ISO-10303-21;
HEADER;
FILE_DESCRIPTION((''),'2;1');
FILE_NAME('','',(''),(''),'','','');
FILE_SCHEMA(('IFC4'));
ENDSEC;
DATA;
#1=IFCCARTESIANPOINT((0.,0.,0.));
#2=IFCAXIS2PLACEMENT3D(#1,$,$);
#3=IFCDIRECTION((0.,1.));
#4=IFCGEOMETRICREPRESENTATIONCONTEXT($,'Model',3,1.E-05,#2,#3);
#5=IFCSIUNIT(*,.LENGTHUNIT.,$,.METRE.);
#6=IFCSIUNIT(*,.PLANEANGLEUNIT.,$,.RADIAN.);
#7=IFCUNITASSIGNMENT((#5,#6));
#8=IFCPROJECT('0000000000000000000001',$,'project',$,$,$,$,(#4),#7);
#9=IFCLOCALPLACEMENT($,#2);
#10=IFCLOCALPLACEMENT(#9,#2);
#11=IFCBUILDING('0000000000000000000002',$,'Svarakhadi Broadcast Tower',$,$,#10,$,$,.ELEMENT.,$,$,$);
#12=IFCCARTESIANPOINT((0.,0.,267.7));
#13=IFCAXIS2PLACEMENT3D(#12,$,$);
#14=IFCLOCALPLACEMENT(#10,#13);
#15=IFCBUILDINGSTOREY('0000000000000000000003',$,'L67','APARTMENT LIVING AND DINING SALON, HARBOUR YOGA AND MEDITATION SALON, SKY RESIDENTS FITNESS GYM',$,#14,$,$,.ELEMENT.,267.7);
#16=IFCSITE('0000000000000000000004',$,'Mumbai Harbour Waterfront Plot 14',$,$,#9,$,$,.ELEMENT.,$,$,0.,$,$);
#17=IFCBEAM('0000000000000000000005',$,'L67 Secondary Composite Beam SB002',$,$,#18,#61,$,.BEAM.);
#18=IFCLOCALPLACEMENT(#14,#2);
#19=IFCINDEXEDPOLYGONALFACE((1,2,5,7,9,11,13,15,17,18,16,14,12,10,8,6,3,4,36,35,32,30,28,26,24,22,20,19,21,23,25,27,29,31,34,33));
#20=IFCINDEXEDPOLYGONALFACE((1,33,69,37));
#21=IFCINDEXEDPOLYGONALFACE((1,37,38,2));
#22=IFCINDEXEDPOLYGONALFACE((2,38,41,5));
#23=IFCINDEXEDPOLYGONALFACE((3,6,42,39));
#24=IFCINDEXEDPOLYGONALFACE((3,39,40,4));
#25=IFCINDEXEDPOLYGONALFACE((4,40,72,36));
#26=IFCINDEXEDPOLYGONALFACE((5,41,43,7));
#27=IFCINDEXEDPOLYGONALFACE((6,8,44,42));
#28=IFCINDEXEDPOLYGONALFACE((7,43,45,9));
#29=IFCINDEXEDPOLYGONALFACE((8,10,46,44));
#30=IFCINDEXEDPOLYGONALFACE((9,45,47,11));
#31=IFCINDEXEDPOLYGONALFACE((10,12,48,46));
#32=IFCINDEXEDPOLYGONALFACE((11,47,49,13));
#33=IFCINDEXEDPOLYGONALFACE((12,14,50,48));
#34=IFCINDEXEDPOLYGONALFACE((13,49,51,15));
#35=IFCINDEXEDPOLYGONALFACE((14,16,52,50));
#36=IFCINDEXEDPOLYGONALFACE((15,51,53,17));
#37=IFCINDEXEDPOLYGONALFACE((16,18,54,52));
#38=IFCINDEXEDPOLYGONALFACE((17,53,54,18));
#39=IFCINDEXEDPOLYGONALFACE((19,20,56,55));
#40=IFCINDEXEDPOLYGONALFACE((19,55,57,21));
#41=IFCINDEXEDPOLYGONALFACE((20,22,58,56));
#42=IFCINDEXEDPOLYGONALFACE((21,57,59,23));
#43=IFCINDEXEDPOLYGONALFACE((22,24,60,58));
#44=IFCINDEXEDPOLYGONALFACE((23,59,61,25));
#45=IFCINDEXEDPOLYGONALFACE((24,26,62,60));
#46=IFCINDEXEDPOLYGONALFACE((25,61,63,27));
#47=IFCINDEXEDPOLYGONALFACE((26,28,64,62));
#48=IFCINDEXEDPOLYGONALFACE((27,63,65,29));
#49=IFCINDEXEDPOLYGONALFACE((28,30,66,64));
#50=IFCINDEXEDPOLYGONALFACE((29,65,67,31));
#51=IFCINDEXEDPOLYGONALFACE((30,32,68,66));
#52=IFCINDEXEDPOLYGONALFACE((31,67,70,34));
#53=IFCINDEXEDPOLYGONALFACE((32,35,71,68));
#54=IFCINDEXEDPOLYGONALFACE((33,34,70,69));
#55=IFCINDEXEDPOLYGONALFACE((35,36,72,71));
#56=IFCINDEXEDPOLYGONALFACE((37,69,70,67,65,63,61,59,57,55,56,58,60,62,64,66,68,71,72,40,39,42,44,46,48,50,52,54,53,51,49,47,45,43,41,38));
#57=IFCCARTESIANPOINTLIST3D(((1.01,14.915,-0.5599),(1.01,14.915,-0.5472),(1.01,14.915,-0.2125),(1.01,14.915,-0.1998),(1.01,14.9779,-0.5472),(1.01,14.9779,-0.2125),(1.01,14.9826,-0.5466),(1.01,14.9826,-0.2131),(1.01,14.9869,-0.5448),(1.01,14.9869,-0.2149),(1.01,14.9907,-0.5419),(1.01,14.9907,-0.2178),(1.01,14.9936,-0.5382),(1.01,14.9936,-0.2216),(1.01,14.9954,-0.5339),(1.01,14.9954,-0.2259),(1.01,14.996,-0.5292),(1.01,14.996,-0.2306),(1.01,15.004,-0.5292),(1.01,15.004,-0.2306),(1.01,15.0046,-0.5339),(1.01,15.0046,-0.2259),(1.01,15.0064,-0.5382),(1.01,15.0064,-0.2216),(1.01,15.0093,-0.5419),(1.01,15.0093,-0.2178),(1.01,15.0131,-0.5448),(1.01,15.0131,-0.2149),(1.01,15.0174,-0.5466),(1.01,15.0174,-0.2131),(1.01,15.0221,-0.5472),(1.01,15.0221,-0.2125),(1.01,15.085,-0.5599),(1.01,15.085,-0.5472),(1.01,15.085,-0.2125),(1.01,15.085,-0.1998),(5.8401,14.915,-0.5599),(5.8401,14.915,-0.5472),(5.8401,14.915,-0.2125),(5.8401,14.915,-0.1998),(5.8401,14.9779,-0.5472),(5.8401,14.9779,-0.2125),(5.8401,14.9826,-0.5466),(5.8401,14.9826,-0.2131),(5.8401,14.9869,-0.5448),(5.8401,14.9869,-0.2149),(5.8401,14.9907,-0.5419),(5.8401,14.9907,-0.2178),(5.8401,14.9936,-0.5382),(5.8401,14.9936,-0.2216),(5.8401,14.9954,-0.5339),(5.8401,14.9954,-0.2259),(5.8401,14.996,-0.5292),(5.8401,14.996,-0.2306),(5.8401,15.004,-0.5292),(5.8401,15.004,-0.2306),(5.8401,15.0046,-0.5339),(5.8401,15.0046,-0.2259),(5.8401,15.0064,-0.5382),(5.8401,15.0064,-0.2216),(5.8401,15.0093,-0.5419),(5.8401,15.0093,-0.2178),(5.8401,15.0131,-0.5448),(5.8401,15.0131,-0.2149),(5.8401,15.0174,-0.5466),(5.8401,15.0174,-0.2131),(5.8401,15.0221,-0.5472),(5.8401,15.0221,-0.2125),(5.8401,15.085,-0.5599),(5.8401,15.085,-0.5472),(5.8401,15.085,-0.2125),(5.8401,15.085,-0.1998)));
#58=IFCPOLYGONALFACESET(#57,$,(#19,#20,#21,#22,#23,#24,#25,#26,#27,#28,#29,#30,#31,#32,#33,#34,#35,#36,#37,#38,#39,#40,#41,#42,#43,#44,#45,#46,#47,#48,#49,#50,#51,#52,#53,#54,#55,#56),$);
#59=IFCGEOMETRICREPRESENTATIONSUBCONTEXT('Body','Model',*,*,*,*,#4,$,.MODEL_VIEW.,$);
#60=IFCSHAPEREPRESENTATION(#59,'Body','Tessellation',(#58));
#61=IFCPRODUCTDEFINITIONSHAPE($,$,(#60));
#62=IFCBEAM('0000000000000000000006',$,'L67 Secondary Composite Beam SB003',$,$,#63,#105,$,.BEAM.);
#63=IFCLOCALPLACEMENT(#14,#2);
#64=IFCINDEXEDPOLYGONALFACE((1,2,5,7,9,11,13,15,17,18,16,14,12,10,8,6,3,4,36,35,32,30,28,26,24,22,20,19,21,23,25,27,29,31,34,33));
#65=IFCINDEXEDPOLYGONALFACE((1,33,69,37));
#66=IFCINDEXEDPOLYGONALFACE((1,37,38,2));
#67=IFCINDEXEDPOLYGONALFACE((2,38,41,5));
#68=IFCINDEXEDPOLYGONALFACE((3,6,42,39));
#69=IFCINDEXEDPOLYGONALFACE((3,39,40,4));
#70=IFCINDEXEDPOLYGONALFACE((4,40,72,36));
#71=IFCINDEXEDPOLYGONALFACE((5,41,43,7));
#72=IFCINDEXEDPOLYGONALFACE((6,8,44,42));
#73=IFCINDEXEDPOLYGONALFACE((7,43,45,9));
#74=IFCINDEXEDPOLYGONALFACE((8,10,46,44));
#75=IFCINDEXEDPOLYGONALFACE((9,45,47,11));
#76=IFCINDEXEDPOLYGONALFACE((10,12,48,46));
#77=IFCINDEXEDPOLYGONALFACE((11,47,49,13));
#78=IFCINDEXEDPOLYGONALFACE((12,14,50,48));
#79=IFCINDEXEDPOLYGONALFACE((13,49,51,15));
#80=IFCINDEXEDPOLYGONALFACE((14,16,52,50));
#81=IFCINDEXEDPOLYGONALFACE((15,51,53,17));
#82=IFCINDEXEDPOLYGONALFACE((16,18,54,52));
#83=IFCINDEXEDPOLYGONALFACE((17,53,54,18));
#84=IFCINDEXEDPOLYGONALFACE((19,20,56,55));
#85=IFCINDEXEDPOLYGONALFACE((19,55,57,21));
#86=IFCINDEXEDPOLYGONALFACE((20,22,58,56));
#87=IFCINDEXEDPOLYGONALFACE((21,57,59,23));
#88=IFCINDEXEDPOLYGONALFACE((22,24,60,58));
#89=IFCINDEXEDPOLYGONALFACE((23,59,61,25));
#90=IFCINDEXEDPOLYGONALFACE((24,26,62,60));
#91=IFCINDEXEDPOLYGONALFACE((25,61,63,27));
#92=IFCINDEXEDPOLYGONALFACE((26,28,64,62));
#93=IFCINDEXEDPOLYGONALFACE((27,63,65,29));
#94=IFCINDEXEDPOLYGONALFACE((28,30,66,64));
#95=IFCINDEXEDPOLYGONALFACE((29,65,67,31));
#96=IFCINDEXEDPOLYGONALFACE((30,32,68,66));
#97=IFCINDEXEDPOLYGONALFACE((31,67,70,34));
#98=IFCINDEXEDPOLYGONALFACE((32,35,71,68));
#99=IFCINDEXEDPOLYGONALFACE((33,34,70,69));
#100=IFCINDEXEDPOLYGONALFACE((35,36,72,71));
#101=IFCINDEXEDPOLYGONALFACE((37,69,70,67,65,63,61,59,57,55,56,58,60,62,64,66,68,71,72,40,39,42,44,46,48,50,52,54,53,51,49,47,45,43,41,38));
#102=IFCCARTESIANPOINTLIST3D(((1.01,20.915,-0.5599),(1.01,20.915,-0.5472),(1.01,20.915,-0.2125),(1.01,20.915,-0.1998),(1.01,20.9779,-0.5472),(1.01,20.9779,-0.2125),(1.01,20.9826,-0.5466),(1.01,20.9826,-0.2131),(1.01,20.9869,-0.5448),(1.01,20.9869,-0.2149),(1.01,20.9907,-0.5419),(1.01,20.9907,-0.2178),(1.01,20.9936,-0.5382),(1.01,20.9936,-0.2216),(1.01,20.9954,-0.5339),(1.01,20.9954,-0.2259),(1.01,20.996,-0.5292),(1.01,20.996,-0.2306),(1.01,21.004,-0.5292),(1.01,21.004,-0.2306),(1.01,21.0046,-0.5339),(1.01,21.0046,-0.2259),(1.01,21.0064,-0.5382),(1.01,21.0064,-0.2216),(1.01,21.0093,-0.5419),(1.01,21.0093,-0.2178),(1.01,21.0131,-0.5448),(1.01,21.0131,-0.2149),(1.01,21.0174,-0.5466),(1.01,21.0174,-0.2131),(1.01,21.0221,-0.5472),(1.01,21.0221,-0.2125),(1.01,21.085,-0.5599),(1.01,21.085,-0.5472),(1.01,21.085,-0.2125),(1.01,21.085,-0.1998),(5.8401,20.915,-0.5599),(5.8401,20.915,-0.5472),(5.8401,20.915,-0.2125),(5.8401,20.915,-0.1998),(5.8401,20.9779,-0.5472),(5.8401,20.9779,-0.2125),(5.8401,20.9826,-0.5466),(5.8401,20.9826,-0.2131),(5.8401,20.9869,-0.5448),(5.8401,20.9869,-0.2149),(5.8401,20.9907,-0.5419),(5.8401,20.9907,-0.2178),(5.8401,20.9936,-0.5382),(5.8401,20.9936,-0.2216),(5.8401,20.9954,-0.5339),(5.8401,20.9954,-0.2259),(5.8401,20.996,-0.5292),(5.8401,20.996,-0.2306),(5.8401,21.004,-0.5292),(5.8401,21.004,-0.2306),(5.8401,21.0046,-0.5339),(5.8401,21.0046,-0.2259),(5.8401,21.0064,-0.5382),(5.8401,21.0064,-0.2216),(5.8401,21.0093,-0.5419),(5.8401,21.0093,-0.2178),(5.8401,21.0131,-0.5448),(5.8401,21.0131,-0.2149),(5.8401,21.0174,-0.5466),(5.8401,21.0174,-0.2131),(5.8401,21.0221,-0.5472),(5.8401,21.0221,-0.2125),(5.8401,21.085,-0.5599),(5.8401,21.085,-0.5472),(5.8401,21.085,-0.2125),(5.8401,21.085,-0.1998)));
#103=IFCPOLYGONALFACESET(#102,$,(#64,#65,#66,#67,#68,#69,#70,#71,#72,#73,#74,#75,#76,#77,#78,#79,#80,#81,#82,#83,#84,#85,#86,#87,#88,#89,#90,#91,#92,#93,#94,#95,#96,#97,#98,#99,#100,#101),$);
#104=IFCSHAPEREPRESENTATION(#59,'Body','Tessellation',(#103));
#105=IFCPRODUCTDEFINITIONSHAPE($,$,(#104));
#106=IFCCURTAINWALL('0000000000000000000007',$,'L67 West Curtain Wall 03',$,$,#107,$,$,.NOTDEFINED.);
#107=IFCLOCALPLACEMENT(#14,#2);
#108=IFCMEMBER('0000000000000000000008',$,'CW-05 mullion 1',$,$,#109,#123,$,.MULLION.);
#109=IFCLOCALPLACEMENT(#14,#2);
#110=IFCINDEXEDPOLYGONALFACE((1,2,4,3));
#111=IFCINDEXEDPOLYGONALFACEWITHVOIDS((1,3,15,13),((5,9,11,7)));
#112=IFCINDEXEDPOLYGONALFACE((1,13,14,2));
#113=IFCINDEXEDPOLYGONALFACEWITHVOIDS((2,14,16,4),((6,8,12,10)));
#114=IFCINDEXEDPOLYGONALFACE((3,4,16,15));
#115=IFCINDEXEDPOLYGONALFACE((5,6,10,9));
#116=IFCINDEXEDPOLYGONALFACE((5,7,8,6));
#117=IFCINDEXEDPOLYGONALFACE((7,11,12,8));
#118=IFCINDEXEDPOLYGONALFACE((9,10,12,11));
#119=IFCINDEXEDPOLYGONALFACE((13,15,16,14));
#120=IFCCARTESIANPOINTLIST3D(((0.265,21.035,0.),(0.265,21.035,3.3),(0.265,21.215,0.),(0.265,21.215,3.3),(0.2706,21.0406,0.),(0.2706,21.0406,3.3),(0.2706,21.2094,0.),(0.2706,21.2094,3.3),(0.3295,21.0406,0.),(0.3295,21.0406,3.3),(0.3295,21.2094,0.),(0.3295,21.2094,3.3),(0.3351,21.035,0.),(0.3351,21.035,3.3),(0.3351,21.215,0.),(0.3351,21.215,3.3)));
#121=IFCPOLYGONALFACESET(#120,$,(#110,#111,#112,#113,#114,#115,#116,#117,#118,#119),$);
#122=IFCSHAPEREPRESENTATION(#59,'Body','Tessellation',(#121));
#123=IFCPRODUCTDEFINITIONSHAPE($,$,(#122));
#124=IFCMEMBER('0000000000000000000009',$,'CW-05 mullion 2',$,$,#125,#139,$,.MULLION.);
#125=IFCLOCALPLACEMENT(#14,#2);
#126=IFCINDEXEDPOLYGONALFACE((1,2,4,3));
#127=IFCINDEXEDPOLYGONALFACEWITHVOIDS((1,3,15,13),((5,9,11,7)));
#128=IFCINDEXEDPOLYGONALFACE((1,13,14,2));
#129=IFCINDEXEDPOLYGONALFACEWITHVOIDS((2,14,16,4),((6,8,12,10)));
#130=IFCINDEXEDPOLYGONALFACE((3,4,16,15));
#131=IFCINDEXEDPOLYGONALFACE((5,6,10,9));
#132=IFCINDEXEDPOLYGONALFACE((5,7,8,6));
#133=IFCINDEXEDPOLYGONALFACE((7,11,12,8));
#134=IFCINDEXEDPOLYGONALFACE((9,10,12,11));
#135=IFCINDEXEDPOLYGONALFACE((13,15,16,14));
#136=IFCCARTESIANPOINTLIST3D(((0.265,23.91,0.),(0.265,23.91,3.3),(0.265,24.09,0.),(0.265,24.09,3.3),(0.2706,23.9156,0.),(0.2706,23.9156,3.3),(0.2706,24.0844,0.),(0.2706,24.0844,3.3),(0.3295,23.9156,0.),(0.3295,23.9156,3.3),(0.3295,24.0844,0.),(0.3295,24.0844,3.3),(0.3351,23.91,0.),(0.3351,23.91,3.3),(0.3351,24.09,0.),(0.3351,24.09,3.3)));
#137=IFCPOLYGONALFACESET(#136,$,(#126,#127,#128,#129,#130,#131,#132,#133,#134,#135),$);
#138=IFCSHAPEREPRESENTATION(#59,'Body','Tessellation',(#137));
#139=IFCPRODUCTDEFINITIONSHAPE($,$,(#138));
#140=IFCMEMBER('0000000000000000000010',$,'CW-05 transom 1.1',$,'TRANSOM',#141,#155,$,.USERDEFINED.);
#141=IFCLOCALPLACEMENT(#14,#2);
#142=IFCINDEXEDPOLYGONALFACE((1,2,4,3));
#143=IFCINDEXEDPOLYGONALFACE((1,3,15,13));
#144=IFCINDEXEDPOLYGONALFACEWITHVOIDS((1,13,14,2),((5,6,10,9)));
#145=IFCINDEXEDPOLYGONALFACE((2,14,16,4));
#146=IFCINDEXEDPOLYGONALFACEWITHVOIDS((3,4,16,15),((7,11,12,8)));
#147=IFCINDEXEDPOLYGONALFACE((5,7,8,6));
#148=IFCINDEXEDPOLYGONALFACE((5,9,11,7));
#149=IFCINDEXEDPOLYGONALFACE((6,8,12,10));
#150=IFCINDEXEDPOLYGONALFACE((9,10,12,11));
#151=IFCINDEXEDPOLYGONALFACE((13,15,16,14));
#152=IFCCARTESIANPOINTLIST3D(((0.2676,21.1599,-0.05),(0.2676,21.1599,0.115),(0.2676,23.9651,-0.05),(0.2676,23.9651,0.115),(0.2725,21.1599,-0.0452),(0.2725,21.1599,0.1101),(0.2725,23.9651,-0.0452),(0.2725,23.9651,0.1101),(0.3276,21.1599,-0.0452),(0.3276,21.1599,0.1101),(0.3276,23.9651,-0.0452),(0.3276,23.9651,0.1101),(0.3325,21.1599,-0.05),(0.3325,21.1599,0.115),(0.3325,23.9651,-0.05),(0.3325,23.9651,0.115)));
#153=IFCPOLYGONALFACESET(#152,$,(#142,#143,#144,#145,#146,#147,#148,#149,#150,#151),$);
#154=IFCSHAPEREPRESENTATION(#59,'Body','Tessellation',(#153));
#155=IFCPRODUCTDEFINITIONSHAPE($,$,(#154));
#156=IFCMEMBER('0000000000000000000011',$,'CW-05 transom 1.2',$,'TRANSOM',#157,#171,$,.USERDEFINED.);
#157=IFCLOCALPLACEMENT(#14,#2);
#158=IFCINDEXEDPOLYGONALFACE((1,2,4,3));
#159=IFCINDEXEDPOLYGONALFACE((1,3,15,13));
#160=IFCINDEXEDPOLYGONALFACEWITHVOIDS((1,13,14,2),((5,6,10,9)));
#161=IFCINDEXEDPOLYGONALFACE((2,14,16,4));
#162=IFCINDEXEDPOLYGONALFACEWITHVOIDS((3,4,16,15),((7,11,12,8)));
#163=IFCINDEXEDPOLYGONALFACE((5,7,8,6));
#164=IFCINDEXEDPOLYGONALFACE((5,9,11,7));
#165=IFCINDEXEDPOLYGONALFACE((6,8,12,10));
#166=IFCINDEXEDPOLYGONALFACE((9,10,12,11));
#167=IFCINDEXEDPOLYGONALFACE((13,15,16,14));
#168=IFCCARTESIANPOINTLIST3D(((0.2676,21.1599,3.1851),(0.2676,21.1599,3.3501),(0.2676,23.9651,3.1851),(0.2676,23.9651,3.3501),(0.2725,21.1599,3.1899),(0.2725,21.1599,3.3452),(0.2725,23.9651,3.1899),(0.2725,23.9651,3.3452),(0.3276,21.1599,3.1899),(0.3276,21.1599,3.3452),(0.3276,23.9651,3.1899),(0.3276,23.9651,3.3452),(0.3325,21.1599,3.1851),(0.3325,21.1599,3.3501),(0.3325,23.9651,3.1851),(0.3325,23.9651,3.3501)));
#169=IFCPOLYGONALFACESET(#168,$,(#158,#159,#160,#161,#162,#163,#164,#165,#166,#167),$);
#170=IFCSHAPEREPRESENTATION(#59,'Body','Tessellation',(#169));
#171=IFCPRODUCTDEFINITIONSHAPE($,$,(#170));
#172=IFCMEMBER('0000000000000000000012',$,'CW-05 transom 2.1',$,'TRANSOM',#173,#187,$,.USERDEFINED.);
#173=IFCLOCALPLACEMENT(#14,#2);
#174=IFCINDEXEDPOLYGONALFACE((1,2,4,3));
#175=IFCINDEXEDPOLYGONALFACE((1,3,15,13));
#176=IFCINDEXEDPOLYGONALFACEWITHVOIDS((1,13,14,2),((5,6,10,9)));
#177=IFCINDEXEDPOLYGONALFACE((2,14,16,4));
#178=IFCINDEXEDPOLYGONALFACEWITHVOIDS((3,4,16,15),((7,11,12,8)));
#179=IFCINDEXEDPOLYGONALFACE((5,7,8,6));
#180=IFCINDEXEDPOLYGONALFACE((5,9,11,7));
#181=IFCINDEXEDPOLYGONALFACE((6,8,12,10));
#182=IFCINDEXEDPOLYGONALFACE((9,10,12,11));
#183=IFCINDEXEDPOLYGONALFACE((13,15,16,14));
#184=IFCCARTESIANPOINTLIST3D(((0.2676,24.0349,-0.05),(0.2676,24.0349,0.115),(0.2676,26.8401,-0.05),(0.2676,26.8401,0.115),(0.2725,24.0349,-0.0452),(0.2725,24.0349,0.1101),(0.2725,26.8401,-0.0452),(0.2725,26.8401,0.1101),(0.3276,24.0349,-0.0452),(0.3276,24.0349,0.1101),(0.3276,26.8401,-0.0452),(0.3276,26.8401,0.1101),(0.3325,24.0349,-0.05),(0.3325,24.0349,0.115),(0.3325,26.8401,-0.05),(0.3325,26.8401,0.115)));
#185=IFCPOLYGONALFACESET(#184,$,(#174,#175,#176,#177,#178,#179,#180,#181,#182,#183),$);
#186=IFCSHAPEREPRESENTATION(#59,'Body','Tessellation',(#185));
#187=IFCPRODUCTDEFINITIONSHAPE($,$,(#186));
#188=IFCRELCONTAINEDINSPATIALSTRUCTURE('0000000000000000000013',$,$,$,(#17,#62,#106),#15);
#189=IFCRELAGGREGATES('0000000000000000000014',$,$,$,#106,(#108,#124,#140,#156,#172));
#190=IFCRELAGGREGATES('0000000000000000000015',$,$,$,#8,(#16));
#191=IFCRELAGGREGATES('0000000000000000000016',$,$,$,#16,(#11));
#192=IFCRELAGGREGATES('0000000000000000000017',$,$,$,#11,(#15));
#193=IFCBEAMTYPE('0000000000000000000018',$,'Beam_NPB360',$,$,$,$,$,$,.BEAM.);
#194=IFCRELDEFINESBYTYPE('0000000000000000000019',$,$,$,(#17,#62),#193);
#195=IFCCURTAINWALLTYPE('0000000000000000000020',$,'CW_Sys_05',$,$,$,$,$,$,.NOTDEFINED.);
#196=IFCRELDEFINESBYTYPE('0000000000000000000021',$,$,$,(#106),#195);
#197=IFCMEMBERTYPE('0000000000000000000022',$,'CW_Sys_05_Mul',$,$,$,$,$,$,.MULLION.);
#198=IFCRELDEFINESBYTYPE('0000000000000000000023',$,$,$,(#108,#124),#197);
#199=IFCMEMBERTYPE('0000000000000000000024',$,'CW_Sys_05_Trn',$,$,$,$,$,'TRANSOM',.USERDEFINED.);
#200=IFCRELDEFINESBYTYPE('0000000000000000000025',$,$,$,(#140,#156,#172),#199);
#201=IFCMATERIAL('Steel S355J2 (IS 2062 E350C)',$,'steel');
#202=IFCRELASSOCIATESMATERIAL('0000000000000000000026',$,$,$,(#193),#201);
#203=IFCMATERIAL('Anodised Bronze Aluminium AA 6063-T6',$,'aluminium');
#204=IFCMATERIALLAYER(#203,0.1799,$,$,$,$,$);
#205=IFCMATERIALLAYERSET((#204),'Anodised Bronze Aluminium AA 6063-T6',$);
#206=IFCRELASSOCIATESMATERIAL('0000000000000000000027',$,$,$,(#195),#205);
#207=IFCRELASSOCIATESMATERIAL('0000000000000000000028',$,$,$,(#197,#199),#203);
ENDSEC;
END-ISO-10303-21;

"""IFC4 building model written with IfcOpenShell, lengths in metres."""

from ifc_helpers import new_model, si_unit, direction, frame, origin, origin_2d, place, context, subcontext, project, spatial, hollow_rectangle, i_section, extrude, material, layer, layer_set, material_profile, profile_set, type_object, element, aggregate, save


model = new_model("IFC4")

# Units and contexts
model_context = context("Model", 3, precision=1e-05, world=origin(), true_north=direction((0.0, 1.0)))
body_context = subcontext(model_context, "Body", "Model", "MODEL_VIEW")
ifc_project = project(units=[si_unit("LENGTHUNIT", "METRE"), si_unit("PLANEANGLEUNIT", "RADIAN")], contexts=[model_context])

# Site, building, storey
site_placement = place(None, origin())
site = spatial("IfcSite", under=ifc_project, at=site_placement, Name="Mumbai Harbour Waterfront Plot 14", CompositionType="ELEMENT", RefElevation=0.0)
building_placement = place(site_placement, origin())
building = spatial("IfcBuilding", under=site, at=building_placement, Name="Svarakhadi Broadcast Tower", CompositionType="ELEMENT")
storey_placement = place(building_placement, frame((0.0, 0.0, 267.7)))
storey = spatial("IfcBuildingStorey", under=building, at=storey_placement, Name="L67", Description="APARTMENT LIVING AND DINING SALON, HARBOUR YOGA AND MEDITATION SALON, SKY RESIDENTS FITNESS GYM", CompositionType="ELEMENT", Elevation=267.7)

# Beams
ifc_material_1 = material(Name="Steel S355J2 (IS 2062 E350C)", Category="steel")
ifc_material_profile_1 = material_profile(ifc_material_1, i_section(OverallWidth=0.1699, OverallDepth=0.3601, WebThickness=0.0081, FlangeThickness=0.0127, FilletRadius=0.0181, at=origin_2d()), Name="NPB 360x170x57")
ifc_profile_set_1 = profile_set([ifc_material_profile_1], Name="Steel S355J2 (IS 2062 E350C)")
beam_type_1 = type_object("IfcBeamType", Name="Beam_NPB360", PredefinedType="BEAM", material=ifc_profile_set_1)
for number, where, z_axis, x_axis, name in (
    (1, (1.01, 15.0, -0.3799), (1.0, 0.0, 0.0), (0.0, 1.0, 0.0), "L67 Secondary Composite Beam SB002"),
    (2, (1.01, 21.0, -0.3799), (1.0, 0.0, 0.0), (0.0, 1.0, 0.0), "L67 Secondary Composite Beam SB003"),
):
    element("IfcBeam", number, at=place(storey_placement, frame(where, z_axis=z_axis, x_axis=x_axis)), inside=storey, type_object=beam_type_1, Name=name, PredefinedType="BEAM", context=body_context, shape_type="SweptSolid", body=[
        extrude(i_section(OverallWidth=0.1699, OverallDepth=0.3601, WebThickness=0.0081, FlangeThickness=0.0127, FilletRadius=0.0181, at=origin_2d()), origin(), (0.0, 0.0, 1.0), 4.8301),
    ])

# Curtain wall, members
ifc_material_2 = material(Name="Anodised Bronze Aluminium AA 6063-T6", Category="aluminium")
ifc_layer_1 = layer(ifc_material_2, 0.1799)
ifc_layer_set_1 = layer_set([ifc_layer_1], Name="Anodised Bronze Aluminium AA 6063-T6")
curtain_wall_type = type_object("IfcCurtainWallType", Name="CW_Sys_05", PredefinedType="NOTDEFINED", material=ifc_layer_set_1)
curtain_wall_placement = place(storey_placement, origin())
curtain_wall = element("IfcCurtainWall", 3, at=curtain_wall_placement, inside=storey, type_object=curtain_wall_type, Name="L67 West Curtain Wall 03", PredefinedType="NOTDEFINED")
ifc_material_profile_2 = material_profile(ifc_material_2, hollow_rectangle(XDim=0.0701, YDim=0.1799, WallThickness=0.0056, at=origin_2d()), Name="ALU MULLION 180x70x6")
ifc_profile_set_2 = profile_set([ifc_material_profile_2], Name="Anodised Bronze Aluminium AA 6063-T6")
member_type_1 = type_object("IfcMemberType", Name="CW_Sys_05_Mul", PredefinedType="MULLION", material=ifc_profile_set_2)
member_1_placement = place(storey_placement, frame((0.3, 21.125, 0.0), z_axis=(0.0, 0.0, 1.0), x_axis=(-1.0, 0.0, 0.0)))
member_1 = element("IfcMember", 4, at=member_1_placement, type_object=member_type_1, Name="CW-05 mullion 1", PredefinedType="MULLION", context=body_context, shape_type="SweptSolid", body=[
    extrude(hollow_rectangle(XDim=0.0701, YDim=0.1799, WallThickness=0.0056, at=origin_2d()), origin(), (0.0, 0.0, 1.0), 3.3),
])
member_2_placement = place(storey_placement, frame((0.3, 24.0, 0.0), z_axis=(0.0, 0.0, 1.0), x_axis=(-1.0, 0.0, 0.0)))
member_2 = element("IfcMember", 5, at=member_2_placement, type_object=member_type_1, Name="CW-05 mullion 2", PredefinedType="MULLION", context=body_context, shape_type="SweptSolid", body=[
    extrude(hollow_rectangle(XDim=0.0701, YDim=0.1799, WallThickness=0.0056, at=origin_2d()), origin(), (0.0, 0.0, 1.0), 3.3),
])
ifc_material_profile_3 = material_profile(ifc_material_2, hollow_rectangle(XDim=0.0649, YDim=0.165, WallThickness=0.0049, at=origin_2d()), Name="ALU TRANSOM 165x65x5")
ifc_profile_set_3 = profile_set([ifc_material_profile_3], Name="Anodised Bronze Aluminium AA 6063-T6")
member_type_2 = type_object("IfcMemberType", Name="CW_Sys_05_Trn", ElementType="TRANSOM", PredefinedType="USERDEFINED", material=ifc_profile_set_3)
member_3_placement = place(storey_placement, frame((0.3, 21.1599, 0.0325), z_axis=(0.0, 1.0, 0.0), x_axis=(-1.0, 0.0, 0.0)))
member_3 = element("IfcMember", 6, at=member_3_placement, type_object=member_type_2, Name="CW-05 transom 1.1", ObjectType="TRANSOM", PredefinedType="USERDEFINED", context=body_context, shape_type="SweptSolid", body=[
    extrude(hollow_rectangle(XDim=0.0649, YDim=0.165, WallThickness=0.0049, at=origin_2d()), origin(), (0.0, 0.0, 1.0), 2.8052),
])
member_4_placement = place(storey_placement, frame((0.3, 21.1599, 3.2676), z_axis=(0.0, 1.0, 0.0), x_axis=(-1.0, 0.0, 0.0)))
member_4 = element("IfcMember", 7, at=member_4_placement, type_object=member_type_2, Name="CW-05 transom 1.2", ObjectType="TRANSOM", PredefinedType="USERDEFINED", context=body_context, shape_type="SweptSolid", body=[
    extrude(hollow_rectangle(XDim=0.0649, YDim=0.165, WallThickness=0.0049, at=origin_2d()), origin(), (0.0, 0.0, 1.0), 2.8052),
])
member_5_placement = place(storey_placement, frame((0.3, 24.0349, 0.0325), z_axis=(0.0, 1.0, 0.0), x_axis=(-1.0, 0.0, 0.0)))
member_5 = element("IfcMember", 8, at=member_5_placement, type_object=member_type_2, Name="CW-05 transom 2.1", ObjectType="TRANSOM", PredefinedType="USERDEFINED", context=body_context, shape_type="SweptSolid", body=[
    extrude(hollow_rectangle(XDim=0.0649, YDim=0.165, WallThickness=0.0049, at=origin_2d()), origin(), (0.0, 0.0, 1.0), 2.8052),
])

aggregate(curtain_wall, [member_1, member_2, member_3, member_4, member_5])

save(model, "model.ifc")
